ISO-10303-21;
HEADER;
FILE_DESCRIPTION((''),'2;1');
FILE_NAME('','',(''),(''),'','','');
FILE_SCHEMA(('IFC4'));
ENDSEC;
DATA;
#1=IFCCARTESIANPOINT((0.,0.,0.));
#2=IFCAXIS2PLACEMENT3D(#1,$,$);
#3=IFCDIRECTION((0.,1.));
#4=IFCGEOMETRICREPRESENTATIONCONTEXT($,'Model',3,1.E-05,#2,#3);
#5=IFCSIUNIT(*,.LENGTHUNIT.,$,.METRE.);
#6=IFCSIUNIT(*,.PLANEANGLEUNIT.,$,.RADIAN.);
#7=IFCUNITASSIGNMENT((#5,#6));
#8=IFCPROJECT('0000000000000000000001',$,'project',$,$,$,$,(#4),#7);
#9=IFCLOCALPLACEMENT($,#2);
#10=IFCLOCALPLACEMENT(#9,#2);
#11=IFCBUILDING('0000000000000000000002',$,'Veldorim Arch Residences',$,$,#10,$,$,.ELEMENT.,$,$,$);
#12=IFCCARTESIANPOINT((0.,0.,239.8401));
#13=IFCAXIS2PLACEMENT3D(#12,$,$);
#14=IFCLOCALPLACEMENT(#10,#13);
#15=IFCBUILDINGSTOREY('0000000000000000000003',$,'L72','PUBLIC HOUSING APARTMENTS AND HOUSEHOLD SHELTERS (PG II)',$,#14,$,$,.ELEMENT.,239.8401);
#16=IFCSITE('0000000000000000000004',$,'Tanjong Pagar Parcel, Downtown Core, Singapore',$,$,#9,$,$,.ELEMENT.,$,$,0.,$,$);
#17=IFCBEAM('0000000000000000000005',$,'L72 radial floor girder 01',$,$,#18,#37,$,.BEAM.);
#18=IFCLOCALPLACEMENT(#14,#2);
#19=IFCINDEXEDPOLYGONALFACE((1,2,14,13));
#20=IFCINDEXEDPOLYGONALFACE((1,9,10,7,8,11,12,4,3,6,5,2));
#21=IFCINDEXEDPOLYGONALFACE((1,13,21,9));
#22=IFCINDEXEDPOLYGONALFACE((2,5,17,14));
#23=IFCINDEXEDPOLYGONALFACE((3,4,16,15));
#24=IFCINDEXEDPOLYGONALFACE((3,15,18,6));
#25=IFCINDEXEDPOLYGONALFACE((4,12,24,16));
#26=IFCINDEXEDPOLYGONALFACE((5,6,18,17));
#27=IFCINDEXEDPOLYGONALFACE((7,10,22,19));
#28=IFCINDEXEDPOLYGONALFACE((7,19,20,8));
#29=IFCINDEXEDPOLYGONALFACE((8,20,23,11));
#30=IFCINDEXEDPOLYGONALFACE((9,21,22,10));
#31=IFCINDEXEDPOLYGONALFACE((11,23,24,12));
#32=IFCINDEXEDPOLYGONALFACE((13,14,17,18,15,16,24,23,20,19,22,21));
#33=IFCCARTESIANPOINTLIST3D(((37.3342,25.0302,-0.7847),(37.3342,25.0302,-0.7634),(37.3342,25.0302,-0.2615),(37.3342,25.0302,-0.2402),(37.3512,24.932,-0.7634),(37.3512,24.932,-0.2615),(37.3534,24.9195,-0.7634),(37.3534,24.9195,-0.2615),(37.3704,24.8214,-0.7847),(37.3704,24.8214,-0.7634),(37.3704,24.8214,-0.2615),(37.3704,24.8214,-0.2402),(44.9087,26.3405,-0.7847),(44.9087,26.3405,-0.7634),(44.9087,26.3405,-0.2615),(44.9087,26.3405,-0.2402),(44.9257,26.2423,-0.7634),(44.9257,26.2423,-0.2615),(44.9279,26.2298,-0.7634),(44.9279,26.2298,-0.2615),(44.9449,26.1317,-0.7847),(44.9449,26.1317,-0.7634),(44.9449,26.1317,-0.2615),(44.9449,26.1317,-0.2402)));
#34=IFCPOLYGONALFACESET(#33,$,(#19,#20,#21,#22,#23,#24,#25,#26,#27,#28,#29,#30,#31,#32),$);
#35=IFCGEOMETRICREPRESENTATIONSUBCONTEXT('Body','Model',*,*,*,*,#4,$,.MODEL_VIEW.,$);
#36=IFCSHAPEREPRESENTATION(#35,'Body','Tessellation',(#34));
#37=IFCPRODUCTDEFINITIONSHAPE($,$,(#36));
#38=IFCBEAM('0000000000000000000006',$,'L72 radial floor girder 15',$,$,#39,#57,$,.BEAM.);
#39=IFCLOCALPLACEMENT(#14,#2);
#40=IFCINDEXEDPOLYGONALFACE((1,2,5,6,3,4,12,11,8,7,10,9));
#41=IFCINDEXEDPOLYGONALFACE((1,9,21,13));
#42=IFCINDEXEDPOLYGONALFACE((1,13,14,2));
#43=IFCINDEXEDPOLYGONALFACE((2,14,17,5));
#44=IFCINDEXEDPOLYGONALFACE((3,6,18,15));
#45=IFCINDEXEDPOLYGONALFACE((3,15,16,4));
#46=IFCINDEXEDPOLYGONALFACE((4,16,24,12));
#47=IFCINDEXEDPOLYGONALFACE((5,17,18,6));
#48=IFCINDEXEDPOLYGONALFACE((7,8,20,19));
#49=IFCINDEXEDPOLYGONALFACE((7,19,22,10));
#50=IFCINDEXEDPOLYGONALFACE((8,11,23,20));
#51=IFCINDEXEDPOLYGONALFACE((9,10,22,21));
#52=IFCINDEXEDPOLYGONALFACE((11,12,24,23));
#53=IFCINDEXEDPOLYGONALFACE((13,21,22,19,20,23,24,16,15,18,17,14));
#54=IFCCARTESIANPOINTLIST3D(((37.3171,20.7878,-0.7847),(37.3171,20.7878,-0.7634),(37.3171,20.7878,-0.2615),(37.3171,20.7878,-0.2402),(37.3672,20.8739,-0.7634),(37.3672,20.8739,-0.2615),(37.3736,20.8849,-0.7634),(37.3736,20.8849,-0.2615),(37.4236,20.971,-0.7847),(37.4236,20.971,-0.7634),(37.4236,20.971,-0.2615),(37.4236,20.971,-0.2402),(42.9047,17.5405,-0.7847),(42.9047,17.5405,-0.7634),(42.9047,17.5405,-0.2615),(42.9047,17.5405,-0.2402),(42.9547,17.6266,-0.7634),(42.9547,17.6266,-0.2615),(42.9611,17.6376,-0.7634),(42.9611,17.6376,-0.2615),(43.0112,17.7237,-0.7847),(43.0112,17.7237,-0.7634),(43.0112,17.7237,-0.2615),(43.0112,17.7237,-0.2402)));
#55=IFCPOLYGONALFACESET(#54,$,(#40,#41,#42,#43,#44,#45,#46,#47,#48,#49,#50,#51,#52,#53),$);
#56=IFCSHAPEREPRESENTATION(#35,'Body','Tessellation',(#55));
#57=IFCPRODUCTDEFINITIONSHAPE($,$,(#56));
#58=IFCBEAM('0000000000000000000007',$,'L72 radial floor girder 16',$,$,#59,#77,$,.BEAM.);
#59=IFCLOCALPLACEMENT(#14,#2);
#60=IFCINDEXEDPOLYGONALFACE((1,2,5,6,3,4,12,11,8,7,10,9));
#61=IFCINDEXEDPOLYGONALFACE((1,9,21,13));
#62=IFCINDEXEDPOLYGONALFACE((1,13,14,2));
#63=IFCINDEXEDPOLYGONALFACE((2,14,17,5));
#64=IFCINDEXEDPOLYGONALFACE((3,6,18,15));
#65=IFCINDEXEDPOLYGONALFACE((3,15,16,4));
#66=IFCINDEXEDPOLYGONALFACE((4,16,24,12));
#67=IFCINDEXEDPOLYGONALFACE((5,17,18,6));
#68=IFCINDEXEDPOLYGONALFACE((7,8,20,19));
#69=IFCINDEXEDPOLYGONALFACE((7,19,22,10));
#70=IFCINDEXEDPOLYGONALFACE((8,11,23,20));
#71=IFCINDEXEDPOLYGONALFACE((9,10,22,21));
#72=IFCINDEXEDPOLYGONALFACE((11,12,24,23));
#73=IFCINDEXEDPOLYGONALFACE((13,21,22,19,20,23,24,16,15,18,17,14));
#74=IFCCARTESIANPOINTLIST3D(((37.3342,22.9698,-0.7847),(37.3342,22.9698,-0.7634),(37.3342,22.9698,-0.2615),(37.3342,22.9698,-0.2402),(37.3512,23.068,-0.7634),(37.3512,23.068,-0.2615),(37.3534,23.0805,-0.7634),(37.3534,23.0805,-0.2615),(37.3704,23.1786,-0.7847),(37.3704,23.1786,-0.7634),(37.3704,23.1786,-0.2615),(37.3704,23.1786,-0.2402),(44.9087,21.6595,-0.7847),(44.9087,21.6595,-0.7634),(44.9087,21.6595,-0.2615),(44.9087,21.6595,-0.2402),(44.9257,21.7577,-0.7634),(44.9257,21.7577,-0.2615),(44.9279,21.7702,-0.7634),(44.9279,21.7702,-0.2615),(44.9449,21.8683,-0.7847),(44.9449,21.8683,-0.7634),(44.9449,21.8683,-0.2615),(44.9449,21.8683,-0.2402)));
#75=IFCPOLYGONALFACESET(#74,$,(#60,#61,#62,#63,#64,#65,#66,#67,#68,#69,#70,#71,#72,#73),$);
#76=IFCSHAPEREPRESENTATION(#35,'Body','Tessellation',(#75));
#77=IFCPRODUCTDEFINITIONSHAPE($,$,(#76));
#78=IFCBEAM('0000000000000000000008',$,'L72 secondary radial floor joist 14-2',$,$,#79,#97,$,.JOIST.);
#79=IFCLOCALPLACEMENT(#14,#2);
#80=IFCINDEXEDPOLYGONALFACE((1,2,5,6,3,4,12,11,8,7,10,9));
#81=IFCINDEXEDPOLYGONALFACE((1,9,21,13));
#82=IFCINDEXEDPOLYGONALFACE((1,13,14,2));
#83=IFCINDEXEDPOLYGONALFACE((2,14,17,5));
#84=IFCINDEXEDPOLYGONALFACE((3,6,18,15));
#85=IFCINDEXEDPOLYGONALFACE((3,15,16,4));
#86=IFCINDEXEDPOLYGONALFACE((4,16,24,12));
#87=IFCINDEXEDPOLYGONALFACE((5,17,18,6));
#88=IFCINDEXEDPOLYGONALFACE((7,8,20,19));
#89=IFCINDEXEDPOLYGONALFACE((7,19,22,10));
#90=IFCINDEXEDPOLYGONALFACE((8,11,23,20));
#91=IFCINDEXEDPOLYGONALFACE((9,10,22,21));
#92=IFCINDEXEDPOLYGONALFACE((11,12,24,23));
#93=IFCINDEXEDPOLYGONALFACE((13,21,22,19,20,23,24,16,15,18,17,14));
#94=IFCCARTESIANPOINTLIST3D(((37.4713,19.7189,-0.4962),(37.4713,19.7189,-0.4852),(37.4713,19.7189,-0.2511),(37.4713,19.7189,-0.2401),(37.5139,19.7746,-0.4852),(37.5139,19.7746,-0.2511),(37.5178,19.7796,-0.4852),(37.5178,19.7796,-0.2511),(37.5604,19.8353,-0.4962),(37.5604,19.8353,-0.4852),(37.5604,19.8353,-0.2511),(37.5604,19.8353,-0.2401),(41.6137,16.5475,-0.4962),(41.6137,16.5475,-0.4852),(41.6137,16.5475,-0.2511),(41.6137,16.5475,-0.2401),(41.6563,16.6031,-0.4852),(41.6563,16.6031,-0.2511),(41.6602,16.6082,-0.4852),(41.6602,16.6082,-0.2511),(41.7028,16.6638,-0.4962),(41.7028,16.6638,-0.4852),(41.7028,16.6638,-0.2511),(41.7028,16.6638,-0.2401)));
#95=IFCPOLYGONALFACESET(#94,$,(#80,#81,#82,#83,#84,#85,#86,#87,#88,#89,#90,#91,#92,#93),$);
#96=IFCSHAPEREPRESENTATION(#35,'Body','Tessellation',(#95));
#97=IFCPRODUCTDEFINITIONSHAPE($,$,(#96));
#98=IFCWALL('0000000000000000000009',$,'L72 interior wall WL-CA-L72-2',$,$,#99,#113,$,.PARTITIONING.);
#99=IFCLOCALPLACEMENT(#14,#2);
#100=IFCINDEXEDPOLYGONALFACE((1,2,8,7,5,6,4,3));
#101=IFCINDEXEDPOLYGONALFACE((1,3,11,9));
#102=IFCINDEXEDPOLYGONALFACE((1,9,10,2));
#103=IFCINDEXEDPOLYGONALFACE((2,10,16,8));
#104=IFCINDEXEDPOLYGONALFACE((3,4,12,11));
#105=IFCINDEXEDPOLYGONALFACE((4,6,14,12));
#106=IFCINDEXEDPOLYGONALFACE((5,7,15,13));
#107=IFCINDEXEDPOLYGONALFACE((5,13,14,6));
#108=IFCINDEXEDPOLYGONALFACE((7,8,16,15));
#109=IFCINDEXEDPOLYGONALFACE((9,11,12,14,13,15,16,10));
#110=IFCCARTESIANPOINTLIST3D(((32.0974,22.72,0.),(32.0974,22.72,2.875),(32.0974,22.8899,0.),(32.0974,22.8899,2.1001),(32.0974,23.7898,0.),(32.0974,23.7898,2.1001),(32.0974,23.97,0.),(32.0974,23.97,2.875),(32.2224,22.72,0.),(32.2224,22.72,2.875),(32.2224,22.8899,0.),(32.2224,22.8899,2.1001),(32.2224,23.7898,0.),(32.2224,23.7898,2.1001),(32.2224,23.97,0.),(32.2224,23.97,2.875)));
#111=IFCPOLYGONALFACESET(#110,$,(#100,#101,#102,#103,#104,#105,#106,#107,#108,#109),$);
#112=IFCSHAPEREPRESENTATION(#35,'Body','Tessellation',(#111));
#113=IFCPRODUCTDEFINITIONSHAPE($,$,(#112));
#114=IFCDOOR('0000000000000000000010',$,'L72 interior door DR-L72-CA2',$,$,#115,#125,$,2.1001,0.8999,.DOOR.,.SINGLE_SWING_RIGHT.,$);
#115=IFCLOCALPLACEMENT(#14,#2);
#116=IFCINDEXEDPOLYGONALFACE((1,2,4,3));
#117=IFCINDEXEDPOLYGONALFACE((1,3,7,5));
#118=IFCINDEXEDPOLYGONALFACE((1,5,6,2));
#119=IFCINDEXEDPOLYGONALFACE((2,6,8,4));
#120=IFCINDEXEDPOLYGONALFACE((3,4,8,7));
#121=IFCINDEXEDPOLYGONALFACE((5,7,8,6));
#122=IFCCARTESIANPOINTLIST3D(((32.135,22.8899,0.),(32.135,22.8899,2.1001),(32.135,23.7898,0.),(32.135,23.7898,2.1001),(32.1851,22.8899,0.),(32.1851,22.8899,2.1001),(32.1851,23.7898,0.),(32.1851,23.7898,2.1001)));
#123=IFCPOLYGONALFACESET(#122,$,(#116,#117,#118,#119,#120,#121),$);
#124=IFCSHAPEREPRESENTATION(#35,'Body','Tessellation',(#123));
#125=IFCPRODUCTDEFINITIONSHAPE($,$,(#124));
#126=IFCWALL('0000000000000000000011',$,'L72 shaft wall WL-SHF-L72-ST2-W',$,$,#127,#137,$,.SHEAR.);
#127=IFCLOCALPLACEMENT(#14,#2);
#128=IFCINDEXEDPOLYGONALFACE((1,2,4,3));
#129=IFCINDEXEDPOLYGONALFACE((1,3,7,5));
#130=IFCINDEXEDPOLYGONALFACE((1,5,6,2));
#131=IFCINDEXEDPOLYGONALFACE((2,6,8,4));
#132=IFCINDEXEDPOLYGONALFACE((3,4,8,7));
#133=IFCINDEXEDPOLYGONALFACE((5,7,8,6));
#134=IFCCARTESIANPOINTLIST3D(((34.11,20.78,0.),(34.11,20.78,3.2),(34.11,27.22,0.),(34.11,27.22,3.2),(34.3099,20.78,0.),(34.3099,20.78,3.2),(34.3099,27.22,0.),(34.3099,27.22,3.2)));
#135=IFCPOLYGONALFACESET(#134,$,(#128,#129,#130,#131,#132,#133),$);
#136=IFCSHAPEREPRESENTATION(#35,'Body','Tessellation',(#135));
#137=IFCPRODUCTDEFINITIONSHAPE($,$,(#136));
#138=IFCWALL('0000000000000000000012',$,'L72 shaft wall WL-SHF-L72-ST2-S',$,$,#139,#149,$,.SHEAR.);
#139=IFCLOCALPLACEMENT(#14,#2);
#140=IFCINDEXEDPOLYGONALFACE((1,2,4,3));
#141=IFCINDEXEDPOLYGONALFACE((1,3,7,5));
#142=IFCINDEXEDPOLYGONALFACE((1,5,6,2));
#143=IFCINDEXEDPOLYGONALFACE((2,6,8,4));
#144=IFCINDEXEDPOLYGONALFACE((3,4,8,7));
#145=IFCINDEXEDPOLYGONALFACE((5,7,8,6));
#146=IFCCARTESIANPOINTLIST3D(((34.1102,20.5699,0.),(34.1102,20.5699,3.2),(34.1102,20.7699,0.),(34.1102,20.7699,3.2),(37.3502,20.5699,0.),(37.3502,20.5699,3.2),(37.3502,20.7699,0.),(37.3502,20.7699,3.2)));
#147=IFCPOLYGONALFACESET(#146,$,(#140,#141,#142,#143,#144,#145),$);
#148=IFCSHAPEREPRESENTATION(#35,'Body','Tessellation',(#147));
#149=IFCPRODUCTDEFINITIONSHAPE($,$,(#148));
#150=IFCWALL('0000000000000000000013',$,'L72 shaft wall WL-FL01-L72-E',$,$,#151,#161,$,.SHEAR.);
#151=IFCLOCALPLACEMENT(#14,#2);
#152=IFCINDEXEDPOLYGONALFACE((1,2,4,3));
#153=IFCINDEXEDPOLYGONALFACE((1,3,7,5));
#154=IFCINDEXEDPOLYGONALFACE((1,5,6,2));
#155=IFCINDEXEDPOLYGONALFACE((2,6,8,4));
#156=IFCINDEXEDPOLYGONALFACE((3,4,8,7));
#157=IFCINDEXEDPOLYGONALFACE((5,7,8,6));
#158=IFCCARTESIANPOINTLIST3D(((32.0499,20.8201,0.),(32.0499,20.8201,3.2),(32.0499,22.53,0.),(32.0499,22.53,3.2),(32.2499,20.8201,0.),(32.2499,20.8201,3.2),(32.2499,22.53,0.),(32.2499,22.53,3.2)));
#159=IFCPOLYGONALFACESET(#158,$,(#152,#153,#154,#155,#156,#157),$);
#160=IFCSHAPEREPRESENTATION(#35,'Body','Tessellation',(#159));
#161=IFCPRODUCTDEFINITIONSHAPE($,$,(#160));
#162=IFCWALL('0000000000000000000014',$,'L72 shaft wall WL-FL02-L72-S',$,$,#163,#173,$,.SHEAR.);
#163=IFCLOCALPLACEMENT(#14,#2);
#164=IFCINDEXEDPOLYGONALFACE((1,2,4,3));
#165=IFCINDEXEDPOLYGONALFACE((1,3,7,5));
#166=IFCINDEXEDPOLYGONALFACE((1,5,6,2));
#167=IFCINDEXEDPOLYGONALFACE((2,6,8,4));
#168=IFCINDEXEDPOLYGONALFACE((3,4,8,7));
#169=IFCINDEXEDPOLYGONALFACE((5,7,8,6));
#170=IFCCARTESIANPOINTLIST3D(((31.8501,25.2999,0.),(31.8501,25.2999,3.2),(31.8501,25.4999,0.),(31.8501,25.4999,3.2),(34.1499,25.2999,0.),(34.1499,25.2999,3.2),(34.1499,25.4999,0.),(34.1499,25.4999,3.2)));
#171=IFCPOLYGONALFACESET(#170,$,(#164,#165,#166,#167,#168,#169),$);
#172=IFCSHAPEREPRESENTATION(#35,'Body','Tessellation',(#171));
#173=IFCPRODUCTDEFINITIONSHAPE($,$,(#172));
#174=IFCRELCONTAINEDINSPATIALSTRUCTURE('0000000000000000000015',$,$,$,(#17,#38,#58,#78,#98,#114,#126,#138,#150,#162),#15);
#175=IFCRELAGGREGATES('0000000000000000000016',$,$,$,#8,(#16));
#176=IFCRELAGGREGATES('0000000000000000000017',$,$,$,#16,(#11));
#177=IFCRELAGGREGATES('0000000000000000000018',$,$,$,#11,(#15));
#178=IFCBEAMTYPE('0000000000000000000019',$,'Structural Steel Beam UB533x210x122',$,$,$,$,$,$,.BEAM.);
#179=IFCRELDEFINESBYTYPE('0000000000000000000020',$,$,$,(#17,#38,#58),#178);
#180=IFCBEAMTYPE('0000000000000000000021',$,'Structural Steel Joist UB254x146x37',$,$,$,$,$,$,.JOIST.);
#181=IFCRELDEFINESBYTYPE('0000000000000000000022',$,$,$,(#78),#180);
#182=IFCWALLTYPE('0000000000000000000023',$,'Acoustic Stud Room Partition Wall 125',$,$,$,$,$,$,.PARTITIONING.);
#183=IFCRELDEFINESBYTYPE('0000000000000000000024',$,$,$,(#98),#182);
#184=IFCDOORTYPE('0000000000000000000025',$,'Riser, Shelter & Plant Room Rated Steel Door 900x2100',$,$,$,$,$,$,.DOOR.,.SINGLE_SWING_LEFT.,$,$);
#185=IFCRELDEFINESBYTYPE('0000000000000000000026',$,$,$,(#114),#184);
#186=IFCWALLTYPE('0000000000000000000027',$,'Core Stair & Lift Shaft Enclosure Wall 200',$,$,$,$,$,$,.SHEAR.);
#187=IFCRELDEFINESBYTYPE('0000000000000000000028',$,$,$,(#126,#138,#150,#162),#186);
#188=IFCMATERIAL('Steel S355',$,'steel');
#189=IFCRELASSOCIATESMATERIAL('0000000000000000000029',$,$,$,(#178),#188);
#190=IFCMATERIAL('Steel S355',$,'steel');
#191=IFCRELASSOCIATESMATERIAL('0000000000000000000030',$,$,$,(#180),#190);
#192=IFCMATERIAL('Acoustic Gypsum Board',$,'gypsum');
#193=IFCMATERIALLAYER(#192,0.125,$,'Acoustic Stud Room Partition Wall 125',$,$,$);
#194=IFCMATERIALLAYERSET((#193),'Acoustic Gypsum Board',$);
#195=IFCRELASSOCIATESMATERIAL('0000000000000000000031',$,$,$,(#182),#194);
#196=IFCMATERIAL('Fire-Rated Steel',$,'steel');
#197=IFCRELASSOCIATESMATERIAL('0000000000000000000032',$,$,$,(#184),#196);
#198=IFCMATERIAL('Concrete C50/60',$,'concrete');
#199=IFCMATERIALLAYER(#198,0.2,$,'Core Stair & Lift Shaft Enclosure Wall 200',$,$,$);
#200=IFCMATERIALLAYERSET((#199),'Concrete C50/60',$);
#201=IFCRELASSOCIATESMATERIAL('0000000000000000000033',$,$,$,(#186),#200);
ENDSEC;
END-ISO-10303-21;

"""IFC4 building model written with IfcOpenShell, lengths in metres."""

from ifc_helpers import new_model, si_unit, direction, frame, frame_2d, origin, origin_2d, place, context, subcontext, project, spatial, rectangle, i_section, extrude, material, layer, layer_set, material_profile, profile_set, type_object, element, fill, save


model = new_model("IFC4")

# Units and contexts
model_context = context("Model", 3, precision=1e-05, world=origin(), true_north=direction((0.0, 1.0)))
body_context = subcontext(model_context, "Body", "Model", "MODEL_VIEW")
ifc_project = project(units=[si_unit("LENGTHUNIT", "METRE"), si_unit("PLANEANGLEUNIT", "RADIAN")], contexts=[model_context])

# Site, building, storey
site_placement = place(None, origin())
site = spatial("IfcSite", under=ifc_project, at=site_placement, Name="Tanjong Pagar Parcel, Downtown Core, Singapore", CompositionType="ELEMENT", RefElevation=0.0)
building_placement = place(site_placement, origin())
building = spatial("IfcBuilding", under=site, at=building_placement, Name="Veldorim Arch Residences", CompositionType="ELEMENT")
storey_placement = place(building_placement, frame((0.0, 0.0, 239.8401)))
storey = spatial("IfcBuildingStorey", under=building, at=storey_placement, Name="L72", Description="PUBLIC HOUSING APARTMENTS AND HOUSEHOLD SHELTERS (PG II)", CompositionType="ELEMENT", Elevation=239.8401)

# Beams
ifc_material_1 = material(Name="Steel S355", Category="steel")
ifc_material_profile_1 = material_profile(ifc_material_1, i_section(OverallWidth=0.2119, OverallDepth=0.5444, WebThickness=0.0127, FlangeThickness=0.0212, at=origin_2d()), Name="UB533x210x122")
ifc_profile_set_1 = profile_set([ifc_material_profile_1], Name="Steel S355")
beam_type_1 = type_object("IfcBeamType", Name="Structural Steel Beam UB533x210x122", PredefinedType="BEAM", material=ifc_profile_set_1)
beam_1_placement = place(storey_placement, frame((37.3523, 24.9258, -0.5125), z_axis=(0.985365, 0.170458, 0.0), x_axis=(-0.170458, 0.985365, 0.0)))
element("IfcBeam", 1, at=beam_1_placement, inside=storey, type_object=beam_type_1, Name="L72 radial floor girder 01", PredefinedType="BEAM", context=body_context, shape_type="SweptSolid", body=[
    extrude(i_section(OverallWidth=0.2119, OverallDepth=0.5444, WebThickness=0.0127, FlangeThickness=0.0212, at=origin_2d()), origin(), (0.0, 0.0, 1.0), 7.687),
])
beam_2_placement = place(storey_placement, frame((37.3704, 20.8794, -0.5125), z_axis=(0.864596, -0.502468, 0.0), x_axis=(0.502468, 0.864596, 0.0)))
element("IfcBeam", 2, at=beam_2_placement, inside=storey, type_object=beam_type_1, Name="L72 radial floor girder 15", PredefinedType="BEAM", context=body_context, shape_type="SweptSolid", body=[
    extrude(i_section(OverallWidth=0.2119, OverallDepth=0.5444, WebThickness=0.0127, FlangeThickness=0.0212, at=origin_2d()), origin(), (0.0, 0.0, 1.0), 6.4626),
])
beam_3_placement = place(storey_placement, frame((37.3523, 23.0742, -0.5125), z_axis=(0.985365, -0.170458, 0.0), x_axis=(0.170458, 0.985365, 0.0)))
element("IfcBeam", 3, at=beam_3_placement, inside=storey, type_object=beam_type_1, Name="L72 radial floor girder 16", PredefinedType="BEAM", context=body_context, shape_type="SweptSolid", body=[
    extrude(i_section(OverallWidth=0.2119, OverallDepth=0.5444, WebThickness=0.0127, FlangeThickness=0.0212, at=origin_2d()), origin(), (0.0, 0.0, 1.0), 7.687),
])
ifc_material_2 = material(Name="Steel S355", Category="steel")
ifc_material_profile_2 = material_profile(ifc_material_2, i_section(OverallWidth=0.1465, OverallDepth=0.2561, WebThickness=0.0063, FlangeThickness=0.011, at=origin_2d()), Name="UB254x146x37")
ifc_profile_set_2 = profile_set([ifc_material_profile_2], Name="Steel S355")
beam_type_2 = type_object("IfcBeamType", Name="Structural Steel Joist UB254x146x37", PredefinedType="JOIST", material=ifc_profile_set_2)
beam_4_placement = place(storey_placement, frame((37.5159, 19.7771, -0.3682), z_axis=(0.794014, -0.6079, 0.0), x_axis=(0.6079, 0.794014, 0.0)))
element("IfcBeam", 4, at=beam_4_placement, inside=storey, type_object=beam_type_2, Name="L72 secondary radial floor joist 14-2", PredefinedType="JOIST", context=body_context, shape_type="SweptSolid", body=[
    extrude(i_section(OverallWidth=0.1465, OverallDepth=0.2561, WebThickness=0.0063, FlangeThickness=0.011, at=origin_2d()), origin(), (0.0, 0.0, 1.0), 5.217),
])

# Wall, opening, door
ifc_material_3 = material(Name="Acoustic Gypsum Board", Category="gypsum")
ifc_layer_1 = layer(ifc_material_3, 0.125, Name="Acoustic Stud Room Partition Wall 125")
ifc_layer_set_1 = layer_set([ifc_layer_1], Name="Acoustic Gypsum Board")
wall_type_1 = type_object("IfcWallType", Name="Acoustic Stud Room Partition Wall 125", PredefinedType="PARTITIONING", material=ifc_layer_set_1)
wall_1_placement = place(storey_placement, frame((32.1599, 22.72, 0.0), z_axis=(0.0, 0.0, 1.0), x_axis=(0.0, 1.0, 0.0)))
wall_1 = element("IfcWall", 5, at=wall_1_placement, inside=storey, type_object=wall_type_1, Name="L72 interior wall WL-CA-L72-2", PredefinedType="PARTITIONING", context=body_context, shape_type="SweptSolid", body=[
    extrude(rectangle(XDim=1.25, YDim=0.125, at=frame_2d((0.625, 0.0))), origin(), (0.0, 0.0, 1.0), 2.875),
])
opening_placement = place(wall_1_placement, frame((0.1699, 0.0, 0.0)))
opening = element("IfcOpeningElement", 6, at=opening_placement, cuts=wall_1, PredefinedType="OPENING", context=body_context, shape_type="SweptSolid", body=[
    extrude(rectangle(XDim=0.8999, YDim=2.1001, at=frame_2d((0.45, 1.05))), frame((0.0, 0.0725, 0.0), z_axis=(0.0, -1.0, 0.0), x_axis=(1.0, 0.0, 0.0)), (0.0, 0.0, 1.0), 0.145),
])
ifc_material_4 = material(Name="Fire-Rated Steel", Category="steel")
door_type = type_object("IfcDoorType", Name="Riser, Shelter & Plant Room Rated Steel Door 900x2100", OperationType="SINGLE_SWING_LEFT", PredefinedType="DOOR", material=ifc_material_4)
door_placement = place(opening_placement, origin())
door = element("IfcDoor", 7, at=door_placement, inside=storey, type_object=door_type, Name="L72 interior door DR-L72-CA2", OperationType="SINGLE_SWING_RIGHT", OverallHeight=2.1001, OverallWidth=0.8999, PredefinedType="DOOR", context=body_context, shape_type="SweptSolid", body=[
    extrude(rectangle(XDim=0.8999, YDim=2.1001, at=frame_2d((0.45, 1.05))), frame((0.0, 0.0249, 0.0), z_axis=(0.0, -1.0, 0.0), x_axis=(1.0, 0.0, 0.0)), (0.0, 0.0, 1.0), 0.05),
])
fill(opening, door)

# Walls
ifc_material_5 = material(Name="Concrete C50/60", Category="concrete")
ifc_layer_2 = layer(ifc_material_5, 0.2, Name="Core Stair & Lift Shaft Enclosure Wall 200")
ifc_layer_set_2 = layer_set([ifc_layer_2], Name="Concrete C50/60")
wall_type_2 = type_object("IfcWallType", Name="Core Stair & Lift Shaft Enclosure Wall 200", PredefinedType="SHEAR", material=ifc_layer_set_2)
wall_2_placement = place(storey_placement, frame((34.21, 20.78, 0.0), z_axis=(0.0, 0.0, 1.0), x_axis=(0.0, 1.0, 0.0)))
element("IfcWall", 8, at=wall_2_placement, inside=storey, type_object=wall_type_2, Name="L72 shaft wall WL-SHF-L72-ST2-W", PredefinedType="SHEAR", context=body_context, shape_type="SweptSolid", body=[
    extrude(rectangle(XDim=6.4399, YDim=0.2, at=frame_2d((3.22, 0.0))), origin(), (0.0, 0.0, 1.0), 3.2),
])
wall_3_placement = place(storey_placement, frame((34.1101, 20.6699, 0.0), z_axis=(0.0, 0.0, 1.0), x_axis=(1.0, 0.0, 0.0)))
element("IfcWall", 9, at=wall_3_placement, inside=storey, type_object=wall_type_2, Name="L72 shaft wall WL-SHF-L72-ST2-S", PredefinedType="SHEAR", context=body_context, shape_type="SweptSolid", body=[
    extrude(rectangle(XDim=3.24, YDim=0.2, at=frame_2d((1.6201, 0.0))), origin(), (0.0, 0.0, 1.0), 3.2),
])
wall_4_placement = place(storey_placement, frame((32.1499, 20.8201, 0.0), z_axis=(0.0, 0.0, 1.0), x_axis=(0.0, 1.0, 0.0)))
element("IfcWall", 10, at=wall_4_placement, inside=storey, type_object=wall_type_2, Name="L72 shaft wall WL-FL01-L72-E", PredefinedType="SHEAR", context=body_context, shape_type="SweptSolid", body=[
    extrude(rectangle(XDim=1.71, YDim=0.2, at=frame_2d((0.855, 0.0))), origin(), (0.0, 0.0, 1.0), 3.2),
])
wall_5_placement = place(storey_placement, frame((31.8501, 25.3999, 0.0), z_axis=(0.0, 0.0, 1.0), x_axis=(1.0, 0.0, 0.0)))
element("IfcWall", 11, at=wall_5_placement, inside=storey, type_object=wall_type_2, Name="L72 shaft wall WL-FL02-L72-S", PredefinedType="SHEAR", context=body_context, shape_type="SweptSolid", body=[
    extrude(rectangle(XDim=2.2998, YDim=0.2, at=frame_2d((1.1499, 0.0))), origin(), (0.0, 0.0, 1.0), 3.2),
])

save(model, "model.ifc")
